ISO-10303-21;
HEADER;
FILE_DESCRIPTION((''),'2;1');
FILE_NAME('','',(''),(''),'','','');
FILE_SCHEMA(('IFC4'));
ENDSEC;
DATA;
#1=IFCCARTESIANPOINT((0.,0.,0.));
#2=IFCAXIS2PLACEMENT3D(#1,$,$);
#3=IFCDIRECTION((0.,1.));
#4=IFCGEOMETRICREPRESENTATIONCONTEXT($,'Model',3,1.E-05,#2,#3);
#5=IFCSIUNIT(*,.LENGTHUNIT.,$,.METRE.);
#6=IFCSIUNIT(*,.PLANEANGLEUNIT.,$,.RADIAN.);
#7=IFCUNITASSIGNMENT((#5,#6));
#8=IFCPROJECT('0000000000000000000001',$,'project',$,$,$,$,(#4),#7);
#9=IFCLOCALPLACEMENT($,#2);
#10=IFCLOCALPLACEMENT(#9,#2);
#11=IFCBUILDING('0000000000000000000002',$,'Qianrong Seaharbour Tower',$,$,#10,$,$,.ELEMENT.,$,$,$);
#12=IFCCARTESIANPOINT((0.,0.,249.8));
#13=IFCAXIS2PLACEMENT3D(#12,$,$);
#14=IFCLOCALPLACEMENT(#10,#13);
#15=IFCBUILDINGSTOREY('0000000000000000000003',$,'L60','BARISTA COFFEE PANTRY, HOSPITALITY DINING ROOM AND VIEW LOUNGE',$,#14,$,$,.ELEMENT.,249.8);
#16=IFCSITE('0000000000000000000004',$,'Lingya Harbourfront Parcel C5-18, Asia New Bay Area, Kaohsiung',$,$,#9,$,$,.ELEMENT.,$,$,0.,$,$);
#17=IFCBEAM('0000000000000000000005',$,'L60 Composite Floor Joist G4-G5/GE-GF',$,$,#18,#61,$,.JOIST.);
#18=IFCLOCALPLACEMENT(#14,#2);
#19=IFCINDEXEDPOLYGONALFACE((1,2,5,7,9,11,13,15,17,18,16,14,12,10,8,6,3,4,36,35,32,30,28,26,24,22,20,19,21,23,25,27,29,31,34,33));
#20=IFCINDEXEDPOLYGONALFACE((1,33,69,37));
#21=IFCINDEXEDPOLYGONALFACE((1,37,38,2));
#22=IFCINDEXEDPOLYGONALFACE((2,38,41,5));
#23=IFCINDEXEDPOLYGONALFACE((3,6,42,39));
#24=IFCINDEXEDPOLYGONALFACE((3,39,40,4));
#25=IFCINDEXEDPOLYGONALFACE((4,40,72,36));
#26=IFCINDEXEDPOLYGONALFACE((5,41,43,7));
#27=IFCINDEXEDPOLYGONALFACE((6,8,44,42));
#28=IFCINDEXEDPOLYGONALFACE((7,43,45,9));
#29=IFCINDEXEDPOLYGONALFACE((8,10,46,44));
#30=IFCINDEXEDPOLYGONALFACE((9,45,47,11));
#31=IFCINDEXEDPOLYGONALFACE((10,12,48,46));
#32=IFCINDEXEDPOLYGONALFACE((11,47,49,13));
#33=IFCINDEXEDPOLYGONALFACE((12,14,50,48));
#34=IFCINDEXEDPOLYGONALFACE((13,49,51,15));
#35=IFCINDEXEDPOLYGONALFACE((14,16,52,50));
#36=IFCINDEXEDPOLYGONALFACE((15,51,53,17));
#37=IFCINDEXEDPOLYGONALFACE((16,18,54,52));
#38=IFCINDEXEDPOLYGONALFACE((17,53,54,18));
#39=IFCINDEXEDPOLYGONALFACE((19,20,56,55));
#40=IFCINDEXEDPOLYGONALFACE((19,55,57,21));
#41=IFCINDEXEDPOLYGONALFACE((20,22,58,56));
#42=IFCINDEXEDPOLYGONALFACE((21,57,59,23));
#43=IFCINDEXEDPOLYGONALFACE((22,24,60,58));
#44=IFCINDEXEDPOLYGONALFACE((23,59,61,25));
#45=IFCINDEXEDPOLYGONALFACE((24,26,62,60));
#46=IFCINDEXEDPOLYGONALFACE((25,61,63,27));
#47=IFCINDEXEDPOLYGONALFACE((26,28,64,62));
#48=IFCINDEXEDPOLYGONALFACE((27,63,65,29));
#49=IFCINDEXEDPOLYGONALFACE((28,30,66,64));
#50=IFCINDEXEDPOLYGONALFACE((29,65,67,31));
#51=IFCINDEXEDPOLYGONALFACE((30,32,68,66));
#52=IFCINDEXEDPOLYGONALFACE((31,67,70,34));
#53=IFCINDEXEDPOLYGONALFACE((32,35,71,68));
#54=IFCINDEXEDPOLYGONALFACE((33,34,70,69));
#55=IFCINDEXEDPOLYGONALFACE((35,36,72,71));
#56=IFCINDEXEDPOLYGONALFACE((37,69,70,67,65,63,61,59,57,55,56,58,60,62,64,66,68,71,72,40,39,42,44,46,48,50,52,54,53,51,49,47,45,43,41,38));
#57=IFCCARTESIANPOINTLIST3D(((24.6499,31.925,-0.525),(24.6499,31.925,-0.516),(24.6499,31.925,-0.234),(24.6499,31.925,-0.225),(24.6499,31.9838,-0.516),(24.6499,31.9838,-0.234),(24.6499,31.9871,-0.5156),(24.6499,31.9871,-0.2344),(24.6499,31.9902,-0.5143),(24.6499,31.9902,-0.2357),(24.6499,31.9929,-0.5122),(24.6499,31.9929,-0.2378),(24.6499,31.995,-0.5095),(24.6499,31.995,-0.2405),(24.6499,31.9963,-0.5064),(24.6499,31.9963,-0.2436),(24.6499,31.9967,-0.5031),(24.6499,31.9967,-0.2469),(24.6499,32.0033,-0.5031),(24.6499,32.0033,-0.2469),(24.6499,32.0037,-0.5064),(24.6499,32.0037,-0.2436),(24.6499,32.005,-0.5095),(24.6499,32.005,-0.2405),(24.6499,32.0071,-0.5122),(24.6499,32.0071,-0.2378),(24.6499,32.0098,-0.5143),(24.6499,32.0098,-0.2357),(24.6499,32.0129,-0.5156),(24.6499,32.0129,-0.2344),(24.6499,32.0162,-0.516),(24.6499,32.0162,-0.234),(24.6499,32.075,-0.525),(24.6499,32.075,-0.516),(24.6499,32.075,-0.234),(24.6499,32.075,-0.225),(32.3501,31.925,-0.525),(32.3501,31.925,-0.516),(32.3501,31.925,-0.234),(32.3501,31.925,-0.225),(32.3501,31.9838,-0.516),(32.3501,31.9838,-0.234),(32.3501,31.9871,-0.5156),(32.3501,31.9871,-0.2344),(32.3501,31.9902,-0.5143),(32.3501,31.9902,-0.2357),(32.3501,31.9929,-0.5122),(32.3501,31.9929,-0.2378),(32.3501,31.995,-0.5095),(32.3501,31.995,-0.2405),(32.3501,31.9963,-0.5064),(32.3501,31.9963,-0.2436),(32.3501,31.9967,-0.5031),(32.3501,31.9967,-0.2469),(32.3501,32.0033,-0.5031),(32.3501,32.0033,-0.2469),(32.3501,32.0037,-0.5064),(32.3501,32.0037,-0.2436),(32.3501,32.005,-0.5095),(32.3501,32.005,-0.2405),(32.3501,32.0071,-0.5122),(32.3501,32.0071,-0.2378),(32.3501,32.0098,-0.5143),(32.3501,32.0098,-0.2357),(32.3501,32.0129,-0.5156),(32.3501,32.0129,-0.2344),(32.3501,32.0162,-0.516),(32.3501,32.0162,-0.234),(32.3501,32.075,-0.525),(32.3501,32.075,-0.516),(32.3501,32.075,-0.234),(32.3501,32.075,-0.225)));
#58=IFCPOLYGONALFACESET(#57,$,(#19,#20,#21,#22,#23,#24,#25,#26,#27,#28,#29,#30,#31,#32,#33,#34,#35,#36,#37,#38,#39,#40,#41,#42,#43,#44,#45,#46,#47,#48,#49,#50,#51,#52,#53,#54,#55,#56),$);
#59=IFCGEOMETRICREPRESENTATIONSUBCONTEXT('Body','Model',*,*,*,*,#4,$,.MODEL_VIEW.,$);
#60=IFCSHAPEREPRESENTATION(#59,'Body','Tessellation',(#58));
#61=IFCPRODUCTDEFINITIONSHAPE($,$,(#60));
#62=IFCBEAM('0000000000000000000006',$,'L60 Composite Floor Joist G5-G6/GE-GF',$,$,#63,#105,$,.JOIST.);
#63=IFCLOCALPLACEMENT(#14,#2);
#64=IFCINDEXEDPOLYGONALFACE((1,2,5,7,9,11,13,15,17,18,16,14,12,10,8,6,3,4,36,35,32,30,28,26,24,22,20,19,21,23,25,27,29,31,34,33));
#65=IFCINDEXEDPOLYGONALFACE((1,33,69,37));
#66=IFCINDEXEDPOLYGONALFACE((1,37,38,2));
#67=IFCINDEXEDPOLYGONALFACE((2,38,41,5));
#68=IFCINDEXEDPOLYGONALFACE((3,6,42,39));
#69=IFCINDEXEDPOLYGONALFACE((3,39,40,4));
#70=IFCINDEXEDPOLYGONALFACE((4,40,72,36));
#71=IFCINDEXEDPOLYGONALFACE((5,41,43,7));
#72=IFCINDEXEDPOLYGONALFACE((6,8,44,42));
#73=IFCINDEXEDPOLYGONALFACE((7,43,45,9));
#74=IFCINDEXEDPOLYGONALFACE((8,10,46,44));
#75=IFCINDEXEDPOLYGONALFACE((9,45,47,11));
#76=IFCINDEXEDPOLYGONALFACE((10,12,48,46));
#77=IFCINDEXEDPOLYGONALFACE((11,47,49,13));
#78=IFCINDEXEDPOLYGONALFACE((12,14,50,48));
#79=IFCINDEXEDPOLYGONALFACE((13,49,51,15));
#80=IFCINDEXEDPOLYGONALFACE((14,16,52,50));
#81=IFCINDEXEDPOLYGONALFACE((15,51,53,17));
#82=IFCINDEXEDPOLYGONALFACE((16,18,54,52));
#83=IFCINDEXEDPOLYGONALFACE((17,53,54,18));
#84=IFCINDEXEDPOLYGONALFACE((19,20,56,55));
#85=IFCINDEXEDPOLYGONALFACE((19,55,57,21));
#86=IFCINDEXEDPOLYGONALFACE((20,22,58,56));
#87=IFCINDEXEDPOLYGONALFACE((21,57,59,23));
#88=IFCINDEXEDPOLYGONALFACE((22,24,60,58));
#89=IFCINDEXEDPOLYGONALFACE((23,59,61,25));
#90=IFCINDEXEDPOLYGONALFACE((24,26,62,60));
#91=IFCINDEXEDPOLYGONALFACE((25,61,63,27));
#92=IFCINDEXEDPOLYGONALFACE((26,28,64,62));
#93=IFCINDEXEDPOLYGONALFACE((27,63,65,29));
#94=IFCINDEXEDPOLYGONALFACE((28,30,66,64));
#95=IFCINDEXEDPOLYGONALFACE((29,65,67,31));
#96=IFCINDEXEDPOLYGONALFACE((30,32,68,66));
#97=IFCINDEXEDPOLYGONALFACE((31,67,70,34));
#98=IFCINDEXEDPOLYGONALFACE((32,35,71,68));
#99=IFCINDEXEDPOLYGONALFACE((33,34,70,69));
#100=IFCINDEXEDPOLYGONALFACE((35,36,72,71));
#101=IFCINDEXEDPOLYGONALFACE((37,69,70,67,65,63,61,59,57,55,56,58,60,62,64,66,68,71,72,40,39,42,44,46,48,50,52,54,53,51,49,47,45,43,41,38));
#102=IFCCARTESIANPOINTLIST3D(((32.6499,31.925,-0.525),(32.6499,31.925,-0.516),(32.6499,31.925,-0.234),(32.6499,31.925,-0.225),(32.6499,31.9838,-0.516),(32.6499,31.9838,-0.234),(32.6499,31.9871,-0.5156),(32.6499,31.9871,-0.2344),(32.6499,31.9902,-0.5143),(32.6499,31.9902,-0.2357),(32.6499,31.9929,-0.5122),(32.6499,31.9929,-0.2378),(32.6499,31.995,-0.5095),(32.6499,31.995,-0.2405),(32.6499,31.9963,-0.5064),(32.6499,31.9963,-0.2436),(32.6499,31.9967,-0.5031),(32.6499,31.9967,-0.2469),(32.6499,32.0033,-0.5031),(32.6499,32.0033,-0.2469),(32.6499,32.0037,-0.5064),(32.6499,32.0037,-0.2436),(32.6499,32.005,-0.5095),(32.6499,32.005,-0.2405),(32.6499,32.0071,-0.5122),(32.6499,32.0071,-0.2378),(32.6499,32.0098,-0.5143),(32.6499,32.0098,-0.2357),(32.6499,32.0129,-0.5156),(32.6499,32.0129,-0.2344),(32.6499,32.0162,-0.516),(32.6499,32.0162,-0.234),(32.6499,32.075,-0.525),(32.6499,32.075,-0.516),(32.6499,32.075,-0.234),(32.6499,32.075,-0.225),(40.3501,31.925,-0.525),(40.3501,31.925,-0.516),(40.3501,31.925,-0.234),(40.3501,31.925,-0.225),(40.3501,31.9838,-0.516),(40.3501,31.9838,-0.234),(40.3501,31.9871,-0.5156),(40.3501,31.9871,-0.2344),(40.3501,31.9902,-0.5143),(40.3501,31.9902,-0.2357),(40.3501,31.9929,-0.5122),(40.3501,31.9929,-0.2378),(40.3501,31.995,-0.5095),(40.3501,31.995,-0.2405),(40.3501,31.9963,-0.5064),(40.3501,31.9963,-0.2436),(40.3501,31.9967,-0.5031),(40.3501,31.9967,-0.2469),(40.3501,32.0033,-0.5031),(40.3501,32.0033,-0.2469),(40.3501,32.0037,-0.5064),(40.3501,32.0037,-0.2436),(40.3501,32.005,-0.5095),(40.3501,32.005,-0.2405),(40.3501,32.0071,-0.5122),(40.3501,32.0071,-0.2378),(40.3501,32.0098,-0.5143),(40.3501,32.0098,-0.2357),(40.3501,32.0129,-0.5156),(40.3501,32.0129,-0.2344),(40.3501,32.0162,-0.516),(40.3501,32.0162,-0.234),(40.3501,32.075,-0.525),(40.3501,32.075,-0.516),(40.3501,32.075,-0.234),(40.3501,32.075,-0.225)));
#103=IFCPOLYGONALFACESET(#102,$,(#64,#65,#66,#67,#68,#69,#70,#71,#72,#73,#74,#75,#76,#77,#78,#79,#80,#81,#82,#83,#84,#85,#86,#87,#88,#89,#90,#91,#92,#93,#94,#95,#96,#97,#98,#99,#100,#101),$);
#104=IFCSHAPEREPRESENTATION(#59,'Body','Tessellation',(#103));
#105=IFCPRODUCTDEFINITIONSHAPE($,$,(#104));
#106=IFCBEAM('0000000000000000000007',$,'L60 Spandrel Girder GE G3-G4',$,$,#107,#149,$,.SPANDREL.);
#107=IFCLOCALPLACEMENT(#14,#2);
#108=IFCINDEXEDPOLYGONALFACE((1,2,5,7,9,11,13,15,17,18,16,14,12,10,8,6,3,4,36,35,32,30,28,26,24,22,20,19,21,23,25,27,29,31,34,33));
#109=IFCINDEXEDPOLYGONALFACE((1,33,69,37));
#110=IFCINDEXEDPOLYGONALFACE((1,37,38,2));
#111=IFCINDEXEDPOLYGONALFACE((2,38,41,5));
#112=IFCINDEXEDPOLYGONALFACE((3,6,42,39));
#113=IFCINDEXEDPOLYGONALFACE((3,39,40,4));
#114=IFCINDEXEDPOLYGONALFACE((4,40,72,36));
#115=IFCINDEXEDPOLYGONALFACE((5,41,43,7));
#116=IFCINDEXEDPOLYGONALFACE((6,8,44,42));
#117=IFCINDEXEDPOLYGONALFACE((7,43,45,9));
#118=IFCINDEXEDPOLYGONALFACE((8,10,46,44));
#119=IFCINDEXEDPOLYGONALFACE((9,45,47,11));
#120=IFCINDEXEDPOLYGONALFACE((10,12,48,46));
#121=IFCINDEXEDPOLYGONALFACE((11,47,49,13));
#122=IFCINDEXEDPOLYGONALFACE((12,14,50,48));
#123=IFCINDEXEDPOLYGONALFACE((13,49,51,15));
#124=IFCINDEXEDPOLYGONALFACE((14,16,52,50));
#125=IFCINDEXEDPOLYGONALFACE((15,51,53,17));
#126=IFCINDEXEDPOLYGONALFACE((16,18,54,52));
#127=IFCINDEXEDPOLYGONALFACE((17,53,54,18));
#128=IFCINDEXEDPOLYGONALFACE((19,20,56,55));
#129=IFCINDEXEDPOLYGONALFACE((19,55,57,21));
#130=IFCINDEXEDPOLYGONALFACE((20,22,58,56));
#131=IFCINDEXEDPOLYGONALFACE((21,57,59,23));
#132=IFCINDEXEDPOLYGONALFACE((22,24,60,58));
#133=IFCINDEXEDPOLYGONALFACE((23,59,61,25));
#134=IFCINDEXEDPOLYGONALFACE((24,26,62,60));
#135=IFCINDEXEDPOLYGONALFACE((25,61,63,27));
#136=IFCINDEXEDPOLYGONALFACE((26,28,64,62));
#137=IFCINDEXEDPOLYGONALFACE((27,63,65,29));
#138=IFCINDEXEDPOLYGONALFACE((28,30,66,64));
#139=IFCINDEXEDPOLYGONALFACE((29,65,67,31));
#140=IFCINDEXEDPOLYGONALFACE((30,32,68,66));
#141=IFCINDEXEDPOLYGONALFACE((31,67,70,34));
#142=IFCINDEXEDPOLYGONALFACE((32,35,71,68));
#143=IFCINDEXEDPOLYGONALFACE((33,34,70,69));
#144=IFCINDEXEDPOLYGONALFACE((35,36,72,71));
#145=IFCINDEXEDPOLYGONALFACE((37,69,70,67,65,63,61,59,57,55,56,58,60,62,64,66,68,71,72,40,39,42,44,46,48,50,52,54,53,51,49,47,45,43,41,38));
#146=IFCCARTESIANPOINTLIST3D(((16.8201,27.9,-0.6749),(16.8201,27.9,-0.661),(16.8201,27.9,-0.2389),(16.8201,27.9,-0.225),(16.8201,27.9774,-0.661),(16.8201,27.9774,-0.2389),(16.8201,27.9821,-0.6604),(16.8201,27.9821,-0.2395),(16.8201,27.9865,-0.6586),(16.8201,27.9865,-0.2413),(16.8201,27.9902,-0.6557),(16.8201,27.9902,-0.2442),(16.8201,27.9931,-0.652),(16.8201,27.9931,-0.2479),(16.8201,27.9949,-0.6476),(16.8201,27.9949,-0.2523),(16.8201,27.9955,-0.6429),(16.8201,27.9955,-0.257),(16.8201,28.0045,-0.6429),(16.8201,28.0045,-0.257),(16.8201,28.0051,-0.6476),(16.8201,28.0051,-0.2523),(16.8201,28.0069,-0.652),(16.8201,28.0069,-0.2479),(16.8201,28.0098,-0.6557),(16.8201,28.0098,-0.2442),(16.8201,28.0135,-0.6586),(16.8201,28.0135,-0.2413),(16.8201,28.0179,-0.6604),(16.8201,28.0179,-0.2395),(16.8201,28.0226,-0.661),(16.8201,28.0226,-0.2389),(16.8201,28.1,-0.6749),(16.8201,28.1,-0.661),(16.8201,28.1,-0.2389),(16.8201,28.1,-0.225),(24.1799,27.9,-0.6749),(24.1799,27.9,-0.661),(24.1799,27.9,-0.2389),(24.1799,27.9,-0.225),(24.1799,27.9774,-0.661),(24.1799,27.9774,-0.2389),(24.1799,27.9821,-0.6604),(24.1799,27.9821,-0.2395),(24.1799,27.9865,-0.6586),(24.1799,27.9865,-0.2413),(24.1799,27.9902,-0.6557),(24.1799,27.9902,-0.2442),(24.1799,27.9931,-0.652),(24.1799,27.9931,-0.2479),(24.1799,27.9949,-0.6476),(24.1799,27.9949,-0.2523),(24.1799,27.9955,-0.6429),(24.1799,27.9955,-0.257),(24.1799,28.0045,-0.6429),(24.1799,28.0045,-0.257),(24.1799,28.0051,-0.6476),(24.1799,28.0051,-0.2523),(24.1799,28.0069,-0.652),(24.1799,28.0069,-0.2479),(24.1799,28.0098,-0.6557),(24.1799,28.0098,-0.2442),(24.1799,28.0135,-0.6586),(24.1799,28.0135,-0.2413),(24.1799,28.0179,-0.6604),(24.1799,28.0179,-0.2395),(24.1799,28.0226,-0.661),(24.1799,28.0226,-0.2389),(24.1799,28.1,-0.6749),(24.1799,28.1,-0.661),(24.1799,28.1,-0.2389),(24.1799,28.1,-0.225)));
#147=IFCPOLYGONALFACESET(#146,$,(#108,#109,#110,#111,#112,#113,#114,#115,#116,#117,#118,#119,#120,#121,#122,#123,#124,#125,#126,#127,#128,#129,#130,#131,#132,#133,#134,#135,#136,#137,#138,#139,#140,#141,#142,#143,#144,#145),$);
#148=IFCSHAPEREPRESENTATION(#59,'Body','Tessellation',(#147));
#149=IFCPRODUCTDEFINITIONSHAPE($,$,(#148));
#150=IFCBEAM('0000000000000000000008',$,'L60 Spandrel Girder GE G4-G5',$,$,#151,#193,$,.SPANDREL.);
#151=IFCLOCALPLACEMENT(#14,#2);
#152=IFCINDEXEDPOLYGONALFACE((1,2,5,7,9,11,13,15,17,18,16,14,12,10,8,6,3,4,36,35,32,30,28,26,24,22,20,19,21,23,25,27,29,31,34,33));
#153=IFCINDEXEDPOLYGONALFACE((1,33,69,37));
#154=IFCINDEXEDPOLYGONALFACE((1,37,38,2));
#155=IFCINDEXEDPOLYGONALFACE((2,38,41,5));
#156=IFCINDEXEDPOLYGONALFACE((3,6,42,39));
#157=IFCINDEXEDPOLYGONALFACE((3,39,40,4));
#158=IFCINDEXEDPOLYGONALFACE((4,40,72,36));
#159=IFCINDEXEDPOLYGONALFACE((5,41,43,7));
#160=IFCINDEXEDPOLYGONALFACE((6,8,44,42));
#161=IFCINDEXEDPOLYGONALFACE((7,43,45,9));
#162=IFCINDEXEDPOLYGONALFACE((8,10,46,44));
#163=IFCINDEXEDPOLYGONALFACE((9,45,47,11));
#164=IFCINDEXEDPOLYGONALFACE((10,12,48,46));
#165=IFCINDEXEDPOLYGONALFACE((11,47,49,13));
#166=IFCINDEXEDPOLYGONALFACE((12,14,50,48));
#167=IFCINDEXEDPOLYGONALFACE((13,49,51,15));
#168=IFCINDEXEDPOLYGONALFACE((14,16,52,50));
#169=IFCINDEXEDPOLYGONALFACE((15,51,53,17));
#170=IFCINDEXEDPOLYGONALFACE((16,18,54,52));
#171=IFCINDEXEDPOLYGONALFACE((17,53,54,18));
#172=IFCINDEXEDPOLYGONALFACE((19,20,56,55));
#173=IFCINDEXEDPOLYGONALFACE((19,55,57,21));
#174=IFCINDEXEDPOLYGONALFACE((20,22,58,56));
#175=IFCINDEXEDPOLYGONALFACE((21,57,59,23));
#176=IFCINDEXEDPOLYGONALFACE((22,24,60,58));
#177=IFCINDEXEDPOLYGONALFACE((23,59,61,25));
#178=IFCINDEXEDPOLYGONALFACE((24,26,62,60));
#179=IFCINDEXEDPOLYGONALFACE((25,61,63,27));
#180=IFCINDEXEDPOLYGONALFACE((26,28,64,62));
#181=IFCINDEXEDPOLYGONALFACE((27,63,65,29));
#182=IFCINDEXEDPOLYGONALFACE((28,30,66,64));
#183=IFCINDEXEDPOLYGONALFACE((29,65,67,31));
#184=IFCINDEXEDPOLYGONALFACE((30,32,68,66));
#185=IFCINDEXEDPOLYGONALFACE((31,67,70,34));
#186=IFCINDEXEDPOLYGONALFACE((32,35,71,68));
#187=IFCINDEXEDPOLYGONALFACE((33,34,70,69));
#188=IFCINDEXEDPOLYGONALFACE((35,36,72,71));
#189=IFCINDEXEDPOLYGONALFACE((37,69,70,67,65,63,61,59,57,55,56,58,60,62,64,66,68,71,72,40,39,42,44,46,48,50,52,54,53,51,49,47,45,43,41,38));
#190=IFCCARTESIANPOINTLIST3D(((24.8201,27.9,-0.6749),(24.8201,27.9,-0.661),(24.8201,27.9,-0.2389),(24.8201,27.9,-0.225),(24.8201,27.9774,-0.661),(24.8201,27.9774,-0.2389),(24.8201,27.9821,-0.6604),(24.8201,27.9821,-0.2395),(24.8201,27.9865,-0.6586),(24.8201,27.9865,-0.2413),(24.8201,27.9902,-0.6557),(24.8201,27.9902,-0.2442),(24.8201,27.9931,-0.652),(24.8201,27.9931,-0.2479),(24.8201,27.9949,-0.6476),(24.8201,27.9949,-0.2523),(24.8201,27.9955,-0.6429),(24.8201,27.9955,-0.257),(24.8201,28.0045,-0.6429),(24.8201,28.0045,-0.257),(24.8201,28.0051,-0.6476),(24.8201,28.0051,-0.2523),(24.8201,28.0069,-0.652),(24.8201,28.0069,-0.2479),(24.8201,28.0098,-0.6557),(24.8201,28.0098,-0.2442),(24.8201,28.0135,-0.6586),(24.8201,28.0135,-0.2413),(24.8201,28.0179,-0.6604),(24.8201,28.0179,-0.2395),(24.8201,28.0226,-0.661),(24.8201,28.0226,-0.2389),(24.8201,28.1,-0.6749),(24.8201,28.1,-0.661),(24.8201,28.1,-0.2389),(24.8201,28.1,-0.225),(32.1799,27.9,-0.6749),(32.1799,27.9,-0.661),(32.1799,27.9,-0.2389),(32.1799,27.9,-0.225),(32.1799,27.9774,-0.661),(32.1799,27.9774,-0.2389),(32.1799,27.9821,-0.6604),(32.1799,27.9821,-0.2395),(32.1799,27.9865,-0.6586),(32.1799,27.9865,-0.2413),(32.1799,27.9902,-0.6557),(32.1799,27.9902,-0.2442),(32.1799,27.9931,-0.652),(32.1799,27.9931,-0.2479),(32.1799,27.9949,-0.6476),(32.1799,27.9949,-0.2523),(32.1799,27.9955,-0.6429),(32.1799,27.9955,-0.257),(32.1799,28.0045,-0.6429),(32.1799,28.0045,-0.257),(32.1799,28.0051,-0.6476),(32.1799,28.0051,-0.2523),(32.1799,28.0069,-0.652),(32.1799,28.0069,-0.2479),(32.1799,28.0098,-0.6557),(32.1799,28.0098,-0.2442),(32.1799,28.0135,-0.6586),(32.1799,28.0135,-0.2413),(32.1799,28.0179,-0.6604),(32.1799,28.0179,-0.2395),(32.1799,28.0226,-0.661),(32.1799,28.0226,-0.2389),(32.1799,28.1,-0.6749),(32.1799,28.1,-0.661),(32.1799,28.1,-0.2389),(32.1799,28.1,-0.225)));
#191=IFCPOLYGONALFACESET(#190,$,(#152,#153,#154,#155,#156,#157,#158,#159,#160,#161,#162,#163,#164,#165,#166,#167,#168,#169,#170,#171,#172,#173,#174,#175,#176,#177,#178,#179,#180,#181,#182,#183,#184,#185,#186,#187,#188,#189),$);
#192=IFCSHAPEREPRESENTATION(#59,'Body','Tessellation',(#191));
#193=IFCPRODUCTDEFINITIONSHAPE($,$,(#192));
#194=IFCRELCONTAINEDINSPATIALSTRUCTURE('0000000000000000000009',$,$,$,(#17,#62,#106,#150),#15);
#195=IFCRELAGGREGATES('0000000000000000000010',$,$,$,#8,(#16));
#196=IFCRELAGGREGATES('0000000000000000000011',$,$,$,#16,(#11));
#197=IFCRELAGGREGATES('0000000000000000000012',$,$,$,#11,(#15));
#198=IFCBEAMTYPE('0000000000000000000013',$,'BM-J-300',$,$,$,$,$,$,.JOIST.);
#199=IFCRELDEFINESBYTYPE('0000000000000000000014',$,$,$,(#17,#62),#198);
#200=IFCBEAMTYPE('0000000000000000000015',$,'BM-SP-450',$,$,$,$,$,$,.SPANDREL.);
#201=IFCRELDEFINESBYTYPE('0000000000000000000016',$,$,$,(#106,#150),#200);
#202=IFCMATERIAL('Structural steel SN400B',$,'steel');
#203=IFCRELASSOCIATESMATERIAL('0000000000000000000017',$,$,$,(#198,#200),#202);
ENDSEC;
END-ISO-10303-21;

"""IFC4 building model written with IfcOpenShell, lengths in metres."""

from ifc_helpers import new_model, si_unit, direction, frame, origin, origin_2d, place, context, subcontext, project, spatial, i_section, extrude, material, material_profile, profile_set, type_object, element, save


model = new_model("IFC4")

# Units and contexts
model_context = context("Model", 3, precision=1e-05, world=origin(), true_north=direction((0.0, 1.0)))
body_context = subcontext(model_context, "Body", "Model", "MODEL_VIEW")
ifc_project = project(units=[si_unit("LENGTHUNIT", "METRE"), si_unit("PLANEANGLEUNIT", "RADIAN")], contexts=[model_context])

# Site, building, storey
site_placement = place(None, origin())
site = spatial("IfcSite", under=ifc_project, at=site_placement, Name="Lingya Harbourfront Parcel C5-18, Asia New Bay Area, Kaohsiung", CompositionType="ELEMENT", RefElevation=0.0)
building_placement = place(site_placement, origin())
building = spatial("IfcBuilding", under=site, at=building_placement, Name="Qianrong Seaharbour Tower", CompositionType="ELEMENT")
storey_placement = place(building_placement, frame((0.0, 0.0, 249.8)))
storey = spatial("IfcBuildingStorey", under=building, at=storey_placement, Name="L60", Description="BARISTA COFFEE PANTRY, HOSPITALITY DINING ROOM AND VIEW LOUNGE", CompositionType="ELEMENT", Elevation=249.8)

# Beams
ifc_material_1 = material(Name="Structural steel SN400B", Category="steel")
ifc_material_profile_1 = material_profile(ifc_material_1, i_section(OverallWidth=0.1499, OverallDepth=0.3, WebThickness=0.0066, FlangeThickness=0.009, FilletRadius=0.0129, at=origin_2d()), Name="H300x150x6.5x9")
ifc_profile_set_1 = profile_set([ifc_material_profile_1], Name="Structural steel SN400B")
beam_type_1 = type_object("IfcBeamType", Name="BM-J-300", PredefinedType="JOIST", material=ifc_profile_set_1)
for number, where, z_axis, x_axis, name in (
    (1, (24.6499, 32.0, -0.375), (1.0, 0.0, 0.0), (0.0, 1.0, 0.0), "L60 Composite Floor Joist G4-G5/GE-GF"),
    (2, (32.6499, 32.0, -0.375), (1.0, 0.0, 0.0), (0.0, 1.0, 0.0), "L60 Composite Floor Joist G5-G6/GE-GF"),
):
    element("IfcBeam", number, at=place(storey_placement, frame(where, z_axis=z_axis, x_axis=x_axis)), inside=storey, type_object=beam_type_1, Name=name, PredefinedType="JOIST", context=body_context, shape_type="SweptSolid", body=[
        extrude(i_section(OverallWidth=0.1499, OverallDepth=0.3, WebThickness=0.0066, FlangeThickness=0.009, FilletRadius=0.0129, at=origin_2d()), origin(), (0.0, 0.0, 1.0), 7.7002),
    ])
ifc_material_profile_2 = material_profile(ifc_material_1, i_section(OverallWidth=0.2, OverallDepth=0.45, WebThickness=0.009, FlangeThickness=0.0139, FilletRadius=0.0181, at=origin_2d()), Name="H450x200x9x14")
ifc_profile_set_2 = profile_set([ifc_material_profile_2], Name="Structural steel SN400B")
beam_type_2 = type_object("IfcBeamType", Name="BM-SP-450", PredefinedType="SPANDREL", material=ifc_profile_set_2)
for number, where, z_axis, x_axis, name in (
    (3, (16.8201, 28.0, -0.45), (1.0, 0.0, 0.0), (0.0, 1.0, 0.0), "L60 Spandrel Girder GE G3-G4"),
    (4, (24.8201, 28.0, -0.45), (1.0, 0.0, 0.0), (0.0, 1.0, 0.0), "L60 Spandrel Girder GE G4-G5"),
):
    element("IfcBeam", number, at=place(storey_placement, frame(where, z_axis=z_axis, x_axis=x_axis)), inside=storey, type_object=beam_type_2, Name=name, PredefinedType="SPANDREL", context=body_context, shape_type="SweptSolid", body=[
        extrude(i_section(OverallWidth=0.2, OverallDepth=0.45, WebThickness=0.009, FlangeThickness=0.0139, FilletRadius=0.0181, at=origin_2d()), origin(), (0.0, 0.0, 1.0), 7.3599),
    ])

save(model, "model.ifc")
